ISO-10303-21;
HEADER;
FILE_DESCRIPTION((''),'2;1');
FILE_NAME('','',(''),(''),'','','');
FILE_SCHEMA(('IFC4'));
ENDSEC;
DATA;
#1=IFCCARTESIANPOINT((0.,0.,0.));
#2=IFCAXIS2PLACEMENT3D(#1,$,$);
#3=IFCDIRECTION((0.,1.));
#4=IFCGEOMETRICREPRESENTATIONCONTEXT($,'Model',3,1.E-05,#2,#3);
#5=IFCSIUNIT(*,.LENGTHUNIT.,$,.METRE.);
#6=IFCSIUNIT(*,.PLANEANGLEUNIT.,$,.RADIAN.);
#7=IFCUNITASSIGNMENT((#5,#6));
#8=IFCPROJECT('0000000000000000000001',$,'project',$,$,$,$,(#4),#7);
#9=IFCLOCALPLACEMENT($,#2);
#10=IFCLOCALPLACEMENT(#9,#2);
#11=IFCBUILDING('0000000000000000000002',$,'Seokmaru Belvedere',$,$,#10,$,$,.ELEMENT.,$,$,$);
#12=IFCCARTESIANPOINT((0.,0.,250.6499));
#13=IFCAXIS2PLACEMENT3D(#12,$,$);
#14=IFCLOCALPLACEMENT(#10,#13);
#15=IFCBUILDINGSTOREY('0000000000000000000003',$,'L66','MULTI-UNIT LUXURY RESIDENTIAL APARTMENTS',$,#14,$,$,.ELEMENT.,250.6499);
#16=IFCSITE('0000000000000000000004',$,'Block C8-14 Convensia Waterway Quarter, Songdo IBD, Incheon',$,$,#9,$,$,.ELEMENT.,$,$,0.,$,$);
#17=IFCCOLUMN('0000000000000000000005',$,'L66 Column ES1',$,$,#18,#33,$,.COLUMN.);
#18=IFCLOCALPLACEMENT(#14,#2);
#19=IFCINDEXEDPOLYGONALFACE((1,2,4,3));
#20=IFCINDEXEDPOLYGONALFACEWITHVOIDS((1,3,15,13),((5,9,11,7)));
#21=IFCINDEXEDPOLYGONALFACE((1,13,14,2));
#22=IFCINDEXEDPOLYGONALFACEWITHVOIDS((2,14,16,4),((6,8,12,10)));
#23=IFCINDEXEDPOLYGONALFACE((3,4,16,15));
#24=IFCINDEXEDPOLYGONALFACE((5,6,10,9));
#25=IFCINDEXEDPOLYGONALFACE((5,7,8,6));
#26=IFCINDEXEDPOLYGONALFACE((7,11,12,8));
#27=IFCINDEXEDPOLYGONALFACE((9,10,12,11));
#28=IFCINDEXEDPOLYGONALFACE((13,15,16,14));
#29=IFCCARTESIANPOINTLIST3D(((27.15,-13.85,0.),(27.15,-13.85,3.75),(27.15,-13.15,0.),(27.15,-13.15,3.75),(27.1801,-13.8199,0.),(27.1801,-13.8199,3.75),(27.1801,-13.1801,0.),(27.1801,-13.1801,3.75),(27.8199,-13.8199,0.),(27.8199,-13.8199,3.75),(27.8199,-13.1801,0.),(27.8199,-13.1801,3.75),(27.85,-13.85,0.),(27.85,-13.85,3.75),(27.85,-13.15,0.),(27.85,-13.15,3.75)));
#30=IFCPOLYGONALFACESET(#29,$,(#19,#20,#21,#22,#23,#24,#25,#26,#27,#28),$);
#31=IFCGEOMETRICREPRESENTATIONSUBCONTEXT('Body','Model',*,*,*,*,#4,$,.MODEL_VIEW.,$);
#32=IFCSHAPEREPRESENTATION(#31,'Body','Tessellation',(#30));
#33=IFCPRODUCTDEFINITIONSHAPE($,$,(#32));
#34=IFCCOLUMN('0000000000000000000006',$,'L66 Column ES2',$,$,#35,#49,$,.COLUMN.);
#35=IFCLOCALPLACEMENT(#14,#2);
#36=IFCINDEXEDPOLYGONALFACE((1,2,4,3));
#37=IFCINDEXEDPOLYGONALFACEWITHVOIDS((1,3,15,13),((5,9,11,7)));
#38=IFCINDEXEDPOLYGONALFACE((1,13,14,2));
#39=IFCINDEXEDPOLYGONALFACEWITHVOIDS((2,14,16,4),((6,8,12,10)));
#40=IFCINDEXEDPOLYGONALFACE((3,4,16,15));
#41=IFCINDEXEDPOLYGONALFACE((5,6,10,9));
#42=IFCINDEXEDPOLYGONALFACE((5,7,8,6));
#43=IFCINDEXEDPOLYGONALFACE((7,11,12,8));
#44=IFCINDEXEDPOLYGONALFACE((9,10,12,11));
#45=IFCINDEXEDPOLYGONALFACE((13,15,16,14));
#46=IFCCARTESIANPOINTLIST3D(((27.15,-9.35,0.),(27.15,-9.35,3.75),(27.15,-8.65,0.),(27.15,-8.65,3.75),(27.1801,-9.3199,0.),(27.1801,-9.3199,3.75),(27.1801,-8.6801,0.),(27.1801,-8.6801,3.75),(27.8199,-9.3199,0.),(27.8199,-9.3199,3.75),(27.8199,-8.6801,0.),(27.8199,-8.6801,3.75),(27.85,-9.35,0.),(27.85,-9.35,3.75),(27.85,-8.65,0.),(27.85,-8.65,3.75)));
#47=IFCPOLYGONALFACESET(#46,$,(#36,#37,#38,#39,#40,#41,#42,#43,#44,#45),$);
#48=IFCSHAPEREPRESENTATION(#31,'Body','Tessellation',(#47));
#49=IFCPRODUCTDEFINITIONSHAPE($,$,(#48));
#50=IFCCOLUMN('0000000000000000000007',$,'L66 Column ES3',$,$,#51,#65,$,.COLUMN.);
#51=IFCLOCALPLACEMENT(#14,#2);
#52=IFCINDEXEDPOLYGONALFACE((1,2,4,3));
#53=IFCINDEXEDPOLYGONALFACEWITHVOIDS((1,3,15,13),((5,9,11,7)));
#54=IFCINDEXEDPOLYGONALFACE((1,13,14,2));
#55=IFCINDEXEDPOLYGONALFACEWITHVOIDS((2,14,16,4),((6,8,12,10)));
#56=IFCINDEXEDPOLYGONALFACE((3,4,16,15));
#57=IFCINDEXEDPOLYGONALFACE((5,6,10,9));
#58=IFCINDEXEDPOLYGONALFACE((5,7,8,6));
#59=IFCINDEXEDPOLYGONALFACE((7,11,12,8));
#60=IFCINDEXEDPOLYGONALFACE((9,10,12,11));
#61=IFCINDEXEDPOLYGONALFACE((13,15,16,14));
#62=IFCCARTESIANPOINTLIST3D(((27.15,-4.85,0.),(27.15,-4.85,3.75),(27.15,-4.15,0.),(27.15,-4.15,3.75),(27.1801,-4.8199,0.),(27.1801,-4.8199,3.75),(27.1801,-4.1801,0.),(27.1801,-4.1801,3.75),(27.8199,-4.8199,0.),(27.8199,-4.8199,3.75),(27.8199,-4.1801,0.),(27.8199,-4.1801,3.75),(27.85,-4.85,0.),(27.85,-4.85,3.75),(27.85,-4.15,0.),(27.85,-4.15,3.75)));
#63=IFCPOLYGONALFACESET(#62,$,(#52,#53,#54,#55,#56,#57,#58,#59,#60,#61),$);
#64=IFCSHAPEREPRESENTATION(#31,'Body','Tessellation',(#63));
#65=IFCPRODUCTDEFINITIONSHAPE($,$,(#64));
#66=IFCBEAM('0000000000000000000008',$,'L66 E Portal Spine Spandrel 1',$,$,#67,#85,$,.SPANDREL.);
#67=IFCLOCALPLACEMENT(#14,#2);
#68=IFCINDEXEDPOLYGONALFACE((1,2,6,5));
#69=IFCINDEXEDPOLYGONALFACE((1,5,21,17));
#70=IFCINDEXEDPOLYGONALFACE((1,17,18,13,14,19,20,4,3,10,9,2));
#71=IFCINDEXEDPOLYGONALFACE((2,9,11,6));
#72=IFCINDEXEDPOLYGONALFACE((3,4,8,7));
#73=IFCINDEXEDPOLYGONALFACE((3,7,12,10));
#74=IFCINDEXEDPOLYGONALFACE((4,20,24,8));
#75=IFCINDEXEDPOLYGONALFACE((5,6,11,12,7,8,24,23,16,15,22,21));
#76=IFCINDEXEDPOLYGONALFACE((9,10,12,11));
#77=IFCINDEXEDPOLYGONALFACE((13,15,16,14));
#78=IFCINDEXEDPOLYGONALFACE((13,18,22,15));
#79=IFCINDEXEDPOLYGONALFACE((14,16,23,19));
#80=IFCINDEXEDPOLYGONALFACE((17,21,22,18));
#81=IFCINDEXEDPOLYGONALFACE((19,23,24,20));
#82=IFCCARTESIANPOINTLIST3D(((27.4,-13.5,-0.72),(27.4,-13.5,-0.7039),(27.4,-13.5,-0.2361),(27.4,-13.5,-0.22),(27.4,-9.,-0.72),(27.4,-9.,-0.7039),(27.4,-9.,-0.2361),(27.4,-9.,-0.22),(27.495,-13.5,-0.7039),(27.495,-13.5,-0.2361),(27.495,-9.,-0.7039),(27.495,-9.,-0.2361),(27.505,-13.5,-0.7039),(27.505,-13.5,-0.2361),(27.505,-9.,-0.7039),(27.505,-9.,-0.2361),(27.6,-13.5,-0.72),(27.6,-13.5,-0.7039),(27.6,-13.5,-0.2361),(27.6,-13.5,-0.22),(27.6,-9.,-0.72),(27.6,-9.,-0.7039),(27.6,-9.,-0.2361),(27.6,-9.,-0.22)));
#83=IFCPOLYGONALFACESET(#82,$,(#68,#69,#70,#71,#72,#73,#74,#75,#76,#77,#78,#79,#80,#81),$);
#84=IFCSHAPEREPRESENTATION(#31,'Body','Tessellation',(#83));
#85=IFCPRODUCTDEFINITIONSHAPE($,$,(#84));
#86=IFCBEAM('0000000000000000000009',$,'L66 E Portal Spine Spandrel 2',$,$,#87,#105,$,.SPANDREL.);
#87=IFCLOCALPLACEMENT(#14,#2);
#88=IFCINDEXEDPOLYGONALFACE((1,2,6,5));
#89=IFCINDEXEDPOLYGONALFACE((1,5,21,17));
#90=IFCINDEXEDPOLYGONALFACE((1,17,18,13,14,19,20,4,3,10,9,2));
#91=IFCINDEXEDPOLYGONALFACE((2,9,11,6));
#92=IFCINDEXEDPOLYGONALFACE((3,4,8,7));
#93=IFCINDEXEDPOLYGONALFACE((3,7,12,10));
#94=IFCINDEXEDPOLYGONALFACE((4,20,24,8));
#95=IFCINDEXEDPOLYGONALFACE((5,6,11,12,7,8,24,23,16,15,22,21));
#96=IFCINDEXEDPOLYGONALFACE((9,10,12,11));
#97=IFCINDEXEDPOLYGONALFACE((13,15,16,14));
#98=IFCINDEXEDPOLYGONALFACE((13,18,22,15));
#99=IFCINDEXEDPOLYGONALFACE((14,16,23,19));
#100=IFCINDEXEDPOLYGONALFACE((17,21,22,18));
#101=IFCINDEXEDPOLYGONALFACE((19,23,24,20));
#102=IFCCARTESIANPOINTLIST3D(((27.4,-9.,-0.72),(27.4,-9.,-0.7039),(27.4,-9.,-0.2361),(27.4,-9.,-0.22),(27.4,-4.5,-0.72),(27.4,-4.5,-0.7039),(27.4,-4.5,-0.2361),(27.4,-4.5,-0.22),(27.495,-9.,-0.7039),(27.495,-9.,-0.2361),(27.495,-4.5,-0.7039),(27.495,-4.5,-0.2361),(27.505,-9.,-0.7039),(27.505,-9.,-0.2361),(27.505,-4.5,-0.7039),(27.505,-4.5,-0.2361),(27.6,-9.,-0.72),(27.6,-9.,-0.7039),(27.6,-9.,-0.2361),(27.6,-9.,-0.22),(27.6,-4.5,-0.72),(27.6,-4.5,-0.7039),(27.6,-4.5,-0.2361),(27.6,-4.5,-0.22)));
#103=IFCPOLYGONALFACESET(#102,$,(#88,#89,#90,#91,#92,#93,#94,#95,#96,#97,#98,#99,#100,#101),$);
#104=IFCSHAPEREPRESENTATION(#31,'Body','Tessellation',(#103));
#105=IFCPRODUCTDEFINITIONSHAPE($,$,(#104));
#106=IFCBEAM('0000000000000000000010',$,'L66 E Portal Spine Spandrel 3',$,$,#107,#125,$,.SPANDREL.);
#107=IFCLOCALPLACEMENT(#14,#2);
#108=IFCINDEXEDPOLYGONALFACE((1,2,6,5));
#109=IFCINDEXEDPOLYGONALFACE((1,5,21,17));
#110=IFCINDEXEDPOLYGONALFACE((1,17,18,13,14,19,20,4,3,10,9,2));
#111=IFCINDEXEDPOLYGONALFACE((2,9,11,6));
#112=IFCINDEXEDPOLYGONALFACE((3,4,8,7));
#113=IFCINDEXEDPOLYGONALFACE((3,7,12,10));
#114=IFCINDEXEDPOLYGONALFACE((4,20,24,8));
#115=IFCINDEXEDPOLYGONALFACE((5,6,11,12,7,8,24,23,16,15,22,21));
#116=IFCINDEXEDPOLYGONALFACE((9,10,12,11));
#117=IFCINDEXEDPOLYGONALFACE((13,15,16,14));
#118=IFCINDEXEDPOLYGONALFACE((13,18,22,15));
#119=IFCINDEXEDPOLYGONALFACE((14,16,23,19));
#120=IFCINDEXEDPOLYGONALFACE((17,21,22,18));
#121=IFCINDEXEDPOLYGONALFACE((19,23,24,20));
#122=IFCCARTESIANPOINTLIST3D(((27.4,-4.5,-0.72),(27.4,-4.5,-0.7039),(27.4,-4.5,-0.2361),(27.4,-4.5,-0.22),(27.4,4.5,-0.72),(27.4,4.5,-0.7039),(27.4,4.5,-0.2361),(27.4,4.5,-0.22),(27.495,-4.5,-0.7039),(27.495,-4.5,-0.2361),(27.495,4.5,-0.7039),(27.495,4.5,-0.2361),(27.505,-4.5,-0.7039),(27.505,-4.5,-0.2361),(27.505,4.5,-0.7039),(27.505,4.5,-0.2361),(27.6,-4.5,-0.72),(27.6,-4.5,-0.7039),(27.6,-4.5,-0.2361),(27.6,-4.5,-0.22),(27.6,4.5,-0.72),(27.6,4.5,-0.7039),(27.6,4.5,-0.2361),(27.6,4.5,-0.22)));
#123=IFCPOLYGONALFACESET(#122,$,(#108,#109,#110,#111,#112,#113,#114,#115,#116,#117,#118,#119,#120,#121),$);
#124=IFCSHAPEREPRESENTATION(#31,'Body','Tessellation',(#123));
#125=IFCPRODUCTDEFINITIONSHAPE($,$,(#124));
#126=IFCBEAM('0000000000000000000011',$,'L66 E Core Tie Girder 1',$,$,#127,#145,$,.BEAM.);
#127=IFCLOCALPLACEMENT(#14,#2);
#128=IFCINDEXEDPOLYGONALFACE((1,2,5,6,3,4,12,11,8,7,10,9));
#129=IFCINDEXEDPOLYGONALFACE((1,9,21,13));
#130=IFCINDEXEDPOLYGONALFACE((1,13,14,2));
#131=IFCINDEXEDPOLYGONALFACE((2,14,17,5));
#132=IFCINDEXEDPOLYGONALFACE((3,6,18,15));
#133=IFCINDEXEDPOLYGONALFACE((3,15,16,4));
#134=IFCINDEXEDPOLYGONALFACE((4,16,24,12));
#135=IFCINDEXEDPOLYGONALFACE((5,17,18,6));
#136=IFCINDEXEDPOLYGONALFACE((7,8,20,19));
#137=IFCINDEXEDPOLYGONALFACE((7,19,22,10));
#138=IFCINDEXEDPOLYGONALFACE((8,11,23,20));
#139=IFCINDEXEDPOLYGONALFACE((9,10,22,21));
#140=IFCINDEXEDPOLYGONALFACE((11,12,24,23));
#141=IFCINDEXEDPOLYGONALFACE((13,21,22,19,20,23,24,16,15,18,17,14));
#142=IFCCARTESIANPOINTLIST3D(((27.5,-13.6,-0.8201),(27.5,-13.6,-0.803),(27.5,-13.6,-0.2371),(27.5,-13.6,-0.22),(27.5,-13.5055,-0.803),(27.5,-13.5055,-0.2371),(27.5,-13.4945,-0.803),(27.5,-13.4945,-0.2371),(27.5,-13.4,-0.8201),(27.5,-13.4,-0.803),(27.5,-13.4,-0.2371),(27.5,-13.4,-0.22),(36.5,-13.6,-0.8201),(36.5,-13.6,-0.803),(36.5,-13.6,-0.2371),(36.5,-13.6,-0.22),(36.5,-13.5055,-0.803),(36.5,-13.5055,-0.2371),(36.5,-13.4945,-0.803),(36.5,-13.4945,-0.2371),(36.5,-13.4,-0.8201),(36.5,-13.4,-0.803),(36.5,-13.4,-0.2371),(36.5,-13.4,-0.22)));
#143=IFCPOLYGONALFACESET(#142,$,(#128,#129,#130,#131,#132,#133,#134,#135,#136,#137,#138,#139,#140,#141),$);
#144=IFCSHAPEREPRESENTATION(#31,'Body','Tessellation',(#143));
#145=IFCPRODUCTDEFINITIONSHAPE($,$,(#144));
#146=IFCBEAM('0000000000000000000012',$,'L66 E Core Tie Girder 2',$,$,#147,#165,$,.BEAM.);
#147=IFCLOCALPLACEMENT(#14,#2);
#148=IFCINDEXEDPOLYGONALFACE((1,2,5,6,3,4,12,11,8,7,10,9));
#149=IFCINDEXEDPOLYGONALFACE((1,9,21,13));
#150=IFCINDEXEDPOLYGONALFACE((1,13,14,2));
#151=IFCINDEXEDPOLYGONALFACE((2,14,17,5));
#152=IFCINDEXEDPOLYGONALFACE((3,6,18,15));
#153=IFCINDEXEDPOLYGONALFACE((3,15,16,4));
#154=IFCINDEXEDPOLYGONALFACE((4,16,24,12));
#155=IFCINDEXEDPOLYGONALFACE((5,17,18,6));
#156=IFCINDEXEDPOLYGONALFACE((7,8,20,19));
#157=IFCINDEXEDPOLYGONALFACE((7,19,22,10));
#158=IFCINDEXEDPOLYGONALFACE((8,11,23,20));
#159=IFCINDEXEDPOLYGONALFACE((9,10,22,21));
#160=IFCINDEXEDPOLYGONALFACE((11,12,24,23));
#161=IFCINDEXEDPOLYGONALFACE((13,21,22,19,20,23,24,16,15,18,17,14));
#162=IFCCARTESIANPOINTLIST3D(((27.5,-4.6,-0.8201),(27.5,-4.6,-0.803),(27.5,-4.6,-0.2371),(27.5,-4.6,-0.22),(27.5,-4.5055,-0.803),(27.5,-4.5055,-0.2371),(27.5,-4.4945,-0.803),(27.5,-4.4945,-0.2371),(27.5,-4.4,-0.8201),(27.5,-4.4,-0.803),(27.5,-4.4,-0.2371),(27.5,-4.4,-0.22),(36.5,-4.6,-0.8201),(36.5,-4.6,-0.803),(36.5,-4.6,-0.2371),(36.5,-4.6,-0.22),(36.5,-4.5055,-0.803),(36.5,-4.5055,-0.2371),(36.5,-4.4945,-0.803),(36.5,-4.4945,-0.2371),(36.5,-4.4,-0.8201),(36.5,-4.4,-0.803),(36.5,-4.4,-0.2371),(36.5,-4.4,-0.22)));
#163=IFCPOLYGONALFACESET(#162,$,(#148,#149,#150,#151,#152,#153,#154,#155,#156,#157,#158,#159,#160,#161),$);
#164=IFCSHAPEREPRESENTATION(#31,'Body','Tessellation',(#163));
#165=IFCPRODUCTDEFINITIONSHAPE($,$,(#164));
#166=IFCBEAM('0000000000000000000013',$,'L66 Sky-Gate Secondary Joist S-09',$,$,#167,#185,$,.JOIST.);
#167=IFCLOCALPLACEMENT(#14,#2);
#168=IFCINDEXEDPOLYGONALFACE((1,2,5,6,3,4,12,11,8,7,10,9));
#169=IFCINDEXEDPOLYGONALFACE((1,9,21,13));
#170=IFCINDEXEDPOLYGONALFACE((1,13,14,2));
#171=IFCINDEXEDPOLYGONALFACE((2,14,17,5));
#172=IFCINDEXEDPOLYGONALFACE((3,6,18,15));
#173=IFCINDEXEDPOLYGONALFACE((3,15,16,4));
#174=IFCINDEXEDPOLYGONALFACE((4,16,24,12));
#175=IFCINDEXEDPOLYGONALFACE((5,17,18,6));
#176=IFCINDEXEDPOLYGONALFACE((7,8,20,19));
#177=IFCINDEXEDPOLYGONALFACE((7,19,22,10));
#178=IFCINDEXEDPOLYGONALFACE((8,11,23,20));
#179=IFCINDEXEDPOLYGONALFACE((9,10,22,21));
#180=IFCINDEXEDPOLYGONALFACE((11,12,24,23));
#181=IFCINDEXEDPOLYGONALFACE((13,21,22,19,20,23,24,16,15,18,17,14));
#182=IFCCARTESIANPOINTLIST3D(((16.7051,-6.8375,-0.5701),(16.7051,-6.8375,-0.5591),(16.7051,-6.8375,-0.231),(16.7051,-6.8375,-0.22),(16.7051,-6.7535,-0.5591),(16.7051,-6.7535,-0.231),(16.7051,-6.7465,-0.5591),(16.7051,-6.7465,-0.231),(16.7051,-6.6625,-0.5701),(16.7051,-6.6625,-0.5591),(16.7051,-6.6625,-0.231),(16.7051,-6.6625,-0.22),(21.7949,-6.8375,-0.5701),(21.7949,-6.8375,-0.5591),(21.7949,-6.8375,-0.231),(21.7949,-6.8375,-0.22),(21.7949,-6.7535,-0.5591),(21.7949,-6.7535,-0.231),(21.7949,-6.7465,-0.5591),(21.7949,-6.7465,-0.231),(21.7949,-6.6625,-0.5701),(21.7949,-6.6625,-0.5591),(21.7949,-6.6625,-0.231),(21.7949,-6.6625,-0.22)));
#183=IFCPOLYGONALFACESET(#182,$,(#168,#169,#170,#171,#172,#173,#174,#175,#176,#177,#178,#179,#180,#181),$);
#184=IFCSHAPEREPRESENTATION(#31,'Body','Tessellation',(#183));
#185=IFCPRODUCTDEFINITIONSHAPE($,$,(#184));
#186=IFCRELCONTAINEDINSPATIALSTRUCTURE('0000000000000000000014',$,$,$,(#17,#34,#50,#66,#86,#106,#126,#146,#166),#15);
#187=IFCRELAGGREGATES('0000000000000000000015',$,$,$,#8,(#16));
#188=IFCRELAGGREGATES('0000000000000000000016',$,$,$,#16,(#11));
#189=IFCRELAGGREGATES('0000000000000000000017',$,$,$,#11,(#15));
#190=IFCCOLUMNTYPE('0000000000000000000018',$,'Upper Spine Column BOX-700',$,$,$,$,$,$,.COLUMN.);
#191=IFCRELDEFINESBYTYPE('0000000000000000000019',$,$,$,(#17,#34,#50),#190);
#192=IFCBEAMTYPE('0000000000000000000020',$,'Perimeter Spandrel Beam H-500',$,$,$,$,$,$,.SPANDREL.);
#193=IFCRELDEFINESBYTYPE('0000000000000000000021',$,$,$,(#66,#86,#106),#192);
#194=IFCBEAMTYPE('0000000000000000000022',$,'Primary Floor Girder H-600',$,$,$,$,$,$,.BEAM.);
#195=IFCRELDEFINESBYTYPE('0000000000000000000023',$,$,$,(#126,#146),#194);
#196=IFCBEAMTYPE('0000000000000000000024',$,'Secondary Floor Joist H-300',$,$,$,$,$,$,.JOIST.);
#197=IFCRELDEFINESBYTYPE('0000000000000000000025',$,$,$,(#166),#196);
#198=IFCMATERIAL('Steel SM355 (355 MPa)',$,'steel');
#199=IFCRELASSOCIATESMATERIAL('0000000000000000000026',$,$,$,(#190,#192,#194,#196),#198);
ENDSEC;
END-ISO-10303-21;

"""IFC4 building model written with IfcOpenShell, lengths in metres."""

from ifc_helpers import new_model, si_unit, direction, frame, origin, origin_2d, place, context, subcontext, project, spatial, hollow_rectangle, i_section, extrude, source, transform, mapped, material, material_profile, profile_set, type_object, type_shapes, element, save


model = new_model("IFC4")

# Units and contexts
model_context = context("Model", 3, precision=1e-05, world=origin(), true_north=direction((0.0, 1.0)))
body_context = subcontext(model_context, "Body", "Model", "MODEL_VIEW")
ifc_project = project(units=[si_unit("LENGTHUNIT", "METRE"), si_unit("PLANEANGLEUNIT", "RADIAN")], contexts=[model_context])

# Site, building, storey
site_placement = place(None, origin())
site = spatial("IfcSite", under=ifc_project, at=site_placement, Name="Block C8-14 Convensia Waterway Quarter, Songdo IBD, Incheon", CompositionType="ELEMENT", RefElevation=0.0)
building_placement = place(site_placement, origin())
building = spatial("IfcBuilding", under=site, at=building_placement, Name="Seokmaru Belvedere", CompositionType="ELEMENT")
storey_placement = place(building_placement, frame((0.0, 0.0, 250.6499)))
storey = spatial("IfcBuildingStorey", under=building, at=storey_placement, Name="L66", Description="MULTI-UNIT LUXURY RESIDENTIAL APARTMENTS", CompositionType="ELEMENT", Elevation=250.6499)

# Columns
ifc_material_1 = material(Name="Steel SM355 (355 MPa)", Category="steel")
ifc_material_profile_1 = material_profile(ifc_material_1, hollow_rectangle(XDim=0.7, YDim=0.7, WallThickness=0.03, at=origin_2d()), Name="BOX-700x700x30")
ifc_profile_set_1 = profile_set([ifc_material_profile_1], Name="Steel SM355 (355 MPa)")
column_type = type_object("IfcColumnType", Name="Upper Spine Column BOX-700", PredefinedType="COLUMN", material=ifc_profile_set_1)
shared_shape_1 = source(origin(), body_context, "Body", "SweptSolid", [
    extrude(hollow_rectangle(XDim=0.7, YDim=0.7, WallThickness=0.03, at=origin_2d()), origin(), (0.0, 0.0, 1.0), 3.75),
])
type_shapes(column_type, [shared_shape_1])
for number, where, z_axis, x_axis, name in (
    (1, (27.5, -13.5, 0.0), (0.0, 0.0, 1.0), (1.0, 0.0, 0.0), "L66 Column ES1"),
    (2, (27.5, -9.0, 0.0), (0.0, 0.0, 1.0), (1.0, 0.0, 0.0), "L66 Column ES2"),
    (3, (27.5, -4.5, 0.0), (0.0, 0.0, 1.0), (1.0, 0.0, 0.0), "L66 Column ES3"),
):
    element("IfcColumn", number, at=place(storey_placement, frame(where, z_axis=z_axis, x_axis=x_axis)), inside=storey, type_object=column_type, Name=name, PredefinedType="COLUMN", context=body_context, shape_type="MappedRepresentation", body=[
        mapped(shared_shape_1, transform((0.0, 0.0, 0.0), scale=1.0)),
    ])

# Beams
ifc_material_profile_2 = material_profile(ifc_material_1, i_section(OverallWidth=0.2, OverallDepth=0.5, WebThickness=0.01, FlangeThickness=0.0161, at=origin_2d()), Name="H-500x200x10x16")
ifc_profile_set_2 = profile_set([ifc_material_profile_2], Name="Steel SM355 (355 MPa)")
beam_type_1 = type_object("IfcBeamType", Name="Perimeter Spandrel Beam H-500", PredefinedType="SPANDREL", material=ifc_profile_set_2)
shared_shape_2 = source(origin(), body_context, "Body", "SweptSolid", [
    extrude(i_section(OverallWidth=0.2, OverallDepth=0.5, WebThickness=0.01, FlangeThickness=0.0161, at=origin_2d()), origin(), (0.0, 0.0, 1.0), 4.5),
])
for number, where, z_axis, x_axis, name in (
    (4, (27.5, -13.5, -0.47), (0.0, 1.0, 0.0), (-1.0, 0.0, 0.0), "L66 E Portal Spine Spandrel 1"),
    (5, (27.5, -9.0, -0.47), (0.0, 1.0, 0.0), (-1.0, 0.0, 0.0), "L66 E Portal Spine Spandrel 2"),
):
    element("IfcBeam", number, at=place(storey_placement, frame(where, z_axis=z_axis, x_axis=x_axis)), inside=storey, type_object=beam_type_1, Name=name, PredefinedType="SPANDREL", context=body_context, shape_type="MappedRepresentation", body=[
        mapped(shared_shape_2, transform((0.0, 0.0, 0.0), scale=1.0)),
    ])
shared_shape_3 = source(origin(), body_context, "Body", "SweptSolid", [
    extrude(i_section(OverallWidth=0.2, OverallDepth=0.5, WebThickness=0.01, FlangeThickness=0.0161, at=origin_2d()), origin(), (0.0, 0.0, 1.0), 9.0),
])
type_shapes(beam_type_1, [shared_shape_2, shared_shape_3])
beam_placement = place(storey_placement, frame((27.5, -4.5, -0.47), z_axis=(0.0, 1.0, 0.0), x_axis=(-1.0, 0.0, 0.0)))
element("IfcBeam", 6, at=beam_placement, inside=storey, type_object=beam_type_1, Name="L66 E Portal Spine Spandrel 3", PredefinedType="SPANDREL", context=body_context, shape_type="MappedRepresentation", body=[
    mapped(shared_shape_3, transform((0.0, 0.0, 0.0), scale=1.0)),
])
ifc_material_profile_3 = material_profile(ifc_material_1, i_section(OverallWidth=0.2, OverallDepth=0.6001, WebThickness=0.011, FlangeThickness=0.0171, at=origin_2d()), Name="H-600x200x11x17")
ifc_profile_set_3 = profile_set([ifc_material_profile_3], Name="Steel SM355 (355 MPa)")
beam_type_2 = type_object("IfcBeamType", Name="Primary Floor Girder H-600", PredefinedType="BEAM", material=ifc_profile_set_3)
shared_shape_4 = source(origin(), body_context, "Body", "SweptSolid", [
    extrude(i_section(OverallWidth=0.2, OverallDepth=0.6001, WebThickness=0.011, FlangeThickness=0.0171, at=origin_2d()), origin(), (0.0, 0.0, 1.0), 9.0),
])
type_shapes(beam_type_2, [shared_shape_4])
for number, where, z_axis, x_axis, name in (
    (7, (27.5, -13.5, -0.52), (1.0, 0.0, 0.0), (0.0, 1.0, 0.0), "L66 E Core Tie Girder 1"),
    (8, (27.5, -4.5, -0.52), (1.0, 0.0, 0.0), (0.0, 1.0, 0.0), "L66 E Core Tie Girder 2"),
):
    element("IfcBeam", number, at=place(storey_placement, frame(where, z_axis=z_axis, x_axis=x_axis)), inside=storey, type_object=beam_type_2, Name=name, PredefinedType="BEAM", context=body_context, shape_type="MappedRepresentation", body=[
        mapped(shared_shape_4, transform((0.0, 0.0, 0.0), scale=1.0)),
    ])
ifc_material_profile_4 = material_profile(ifc_material_1, i_section(OverallWidth=0.175, OverallDepth=0.3501, WebThickness=0.0071, FlangeThickness=0.011, at=origin_2d()), Name="H-350x175x7x11")
ifc_profile_set_4 = profile_set([ifc_material_profile_4], Name="Steel SM355 (355 MPa)")
beam_type_3 = type_object("IfcBeamType", Name="Secondary Floor Joist H-300", PredefinedType="JOIST", material=ifc_profile_set_4)
shared_shape_5 = source(origin(), body_context, "Body", "SweptSolid", [
    extrude(i_section(OverallWidth=0.175, OverallDepth=0.3501, WebThickness=0.0071, FlangeThickness=0.011, at=origin_2d()), origin(), (0.0, 0.0, 1.0), 5.0898),
])
type_shapes(beam_type_3, [shared_shape_5])
for number, where, z_axis, x_axis, name in (
    (9, (16.7051, -6.75, -0.395), (1.0, 0.0, 0.0), (0.0, 1.0, 0.0), "L66 Sky-Gate Secondary Joist S-09"),
):
    element("IfcBeam", number, at=place(storey_placement, frame(where, z_axis=z_axis, x_axis=x_axis)), inside=storey, type_object=beam_type_3, Name=name, PredefinedType="JOIST", context=body_context, shape_type="MappedRepresentation", body=[
        mapped(shared_shape_5, transform((0.0, 0.0, 0.0), scale=1.0)),
    ])

save(model, "model.ifc")
